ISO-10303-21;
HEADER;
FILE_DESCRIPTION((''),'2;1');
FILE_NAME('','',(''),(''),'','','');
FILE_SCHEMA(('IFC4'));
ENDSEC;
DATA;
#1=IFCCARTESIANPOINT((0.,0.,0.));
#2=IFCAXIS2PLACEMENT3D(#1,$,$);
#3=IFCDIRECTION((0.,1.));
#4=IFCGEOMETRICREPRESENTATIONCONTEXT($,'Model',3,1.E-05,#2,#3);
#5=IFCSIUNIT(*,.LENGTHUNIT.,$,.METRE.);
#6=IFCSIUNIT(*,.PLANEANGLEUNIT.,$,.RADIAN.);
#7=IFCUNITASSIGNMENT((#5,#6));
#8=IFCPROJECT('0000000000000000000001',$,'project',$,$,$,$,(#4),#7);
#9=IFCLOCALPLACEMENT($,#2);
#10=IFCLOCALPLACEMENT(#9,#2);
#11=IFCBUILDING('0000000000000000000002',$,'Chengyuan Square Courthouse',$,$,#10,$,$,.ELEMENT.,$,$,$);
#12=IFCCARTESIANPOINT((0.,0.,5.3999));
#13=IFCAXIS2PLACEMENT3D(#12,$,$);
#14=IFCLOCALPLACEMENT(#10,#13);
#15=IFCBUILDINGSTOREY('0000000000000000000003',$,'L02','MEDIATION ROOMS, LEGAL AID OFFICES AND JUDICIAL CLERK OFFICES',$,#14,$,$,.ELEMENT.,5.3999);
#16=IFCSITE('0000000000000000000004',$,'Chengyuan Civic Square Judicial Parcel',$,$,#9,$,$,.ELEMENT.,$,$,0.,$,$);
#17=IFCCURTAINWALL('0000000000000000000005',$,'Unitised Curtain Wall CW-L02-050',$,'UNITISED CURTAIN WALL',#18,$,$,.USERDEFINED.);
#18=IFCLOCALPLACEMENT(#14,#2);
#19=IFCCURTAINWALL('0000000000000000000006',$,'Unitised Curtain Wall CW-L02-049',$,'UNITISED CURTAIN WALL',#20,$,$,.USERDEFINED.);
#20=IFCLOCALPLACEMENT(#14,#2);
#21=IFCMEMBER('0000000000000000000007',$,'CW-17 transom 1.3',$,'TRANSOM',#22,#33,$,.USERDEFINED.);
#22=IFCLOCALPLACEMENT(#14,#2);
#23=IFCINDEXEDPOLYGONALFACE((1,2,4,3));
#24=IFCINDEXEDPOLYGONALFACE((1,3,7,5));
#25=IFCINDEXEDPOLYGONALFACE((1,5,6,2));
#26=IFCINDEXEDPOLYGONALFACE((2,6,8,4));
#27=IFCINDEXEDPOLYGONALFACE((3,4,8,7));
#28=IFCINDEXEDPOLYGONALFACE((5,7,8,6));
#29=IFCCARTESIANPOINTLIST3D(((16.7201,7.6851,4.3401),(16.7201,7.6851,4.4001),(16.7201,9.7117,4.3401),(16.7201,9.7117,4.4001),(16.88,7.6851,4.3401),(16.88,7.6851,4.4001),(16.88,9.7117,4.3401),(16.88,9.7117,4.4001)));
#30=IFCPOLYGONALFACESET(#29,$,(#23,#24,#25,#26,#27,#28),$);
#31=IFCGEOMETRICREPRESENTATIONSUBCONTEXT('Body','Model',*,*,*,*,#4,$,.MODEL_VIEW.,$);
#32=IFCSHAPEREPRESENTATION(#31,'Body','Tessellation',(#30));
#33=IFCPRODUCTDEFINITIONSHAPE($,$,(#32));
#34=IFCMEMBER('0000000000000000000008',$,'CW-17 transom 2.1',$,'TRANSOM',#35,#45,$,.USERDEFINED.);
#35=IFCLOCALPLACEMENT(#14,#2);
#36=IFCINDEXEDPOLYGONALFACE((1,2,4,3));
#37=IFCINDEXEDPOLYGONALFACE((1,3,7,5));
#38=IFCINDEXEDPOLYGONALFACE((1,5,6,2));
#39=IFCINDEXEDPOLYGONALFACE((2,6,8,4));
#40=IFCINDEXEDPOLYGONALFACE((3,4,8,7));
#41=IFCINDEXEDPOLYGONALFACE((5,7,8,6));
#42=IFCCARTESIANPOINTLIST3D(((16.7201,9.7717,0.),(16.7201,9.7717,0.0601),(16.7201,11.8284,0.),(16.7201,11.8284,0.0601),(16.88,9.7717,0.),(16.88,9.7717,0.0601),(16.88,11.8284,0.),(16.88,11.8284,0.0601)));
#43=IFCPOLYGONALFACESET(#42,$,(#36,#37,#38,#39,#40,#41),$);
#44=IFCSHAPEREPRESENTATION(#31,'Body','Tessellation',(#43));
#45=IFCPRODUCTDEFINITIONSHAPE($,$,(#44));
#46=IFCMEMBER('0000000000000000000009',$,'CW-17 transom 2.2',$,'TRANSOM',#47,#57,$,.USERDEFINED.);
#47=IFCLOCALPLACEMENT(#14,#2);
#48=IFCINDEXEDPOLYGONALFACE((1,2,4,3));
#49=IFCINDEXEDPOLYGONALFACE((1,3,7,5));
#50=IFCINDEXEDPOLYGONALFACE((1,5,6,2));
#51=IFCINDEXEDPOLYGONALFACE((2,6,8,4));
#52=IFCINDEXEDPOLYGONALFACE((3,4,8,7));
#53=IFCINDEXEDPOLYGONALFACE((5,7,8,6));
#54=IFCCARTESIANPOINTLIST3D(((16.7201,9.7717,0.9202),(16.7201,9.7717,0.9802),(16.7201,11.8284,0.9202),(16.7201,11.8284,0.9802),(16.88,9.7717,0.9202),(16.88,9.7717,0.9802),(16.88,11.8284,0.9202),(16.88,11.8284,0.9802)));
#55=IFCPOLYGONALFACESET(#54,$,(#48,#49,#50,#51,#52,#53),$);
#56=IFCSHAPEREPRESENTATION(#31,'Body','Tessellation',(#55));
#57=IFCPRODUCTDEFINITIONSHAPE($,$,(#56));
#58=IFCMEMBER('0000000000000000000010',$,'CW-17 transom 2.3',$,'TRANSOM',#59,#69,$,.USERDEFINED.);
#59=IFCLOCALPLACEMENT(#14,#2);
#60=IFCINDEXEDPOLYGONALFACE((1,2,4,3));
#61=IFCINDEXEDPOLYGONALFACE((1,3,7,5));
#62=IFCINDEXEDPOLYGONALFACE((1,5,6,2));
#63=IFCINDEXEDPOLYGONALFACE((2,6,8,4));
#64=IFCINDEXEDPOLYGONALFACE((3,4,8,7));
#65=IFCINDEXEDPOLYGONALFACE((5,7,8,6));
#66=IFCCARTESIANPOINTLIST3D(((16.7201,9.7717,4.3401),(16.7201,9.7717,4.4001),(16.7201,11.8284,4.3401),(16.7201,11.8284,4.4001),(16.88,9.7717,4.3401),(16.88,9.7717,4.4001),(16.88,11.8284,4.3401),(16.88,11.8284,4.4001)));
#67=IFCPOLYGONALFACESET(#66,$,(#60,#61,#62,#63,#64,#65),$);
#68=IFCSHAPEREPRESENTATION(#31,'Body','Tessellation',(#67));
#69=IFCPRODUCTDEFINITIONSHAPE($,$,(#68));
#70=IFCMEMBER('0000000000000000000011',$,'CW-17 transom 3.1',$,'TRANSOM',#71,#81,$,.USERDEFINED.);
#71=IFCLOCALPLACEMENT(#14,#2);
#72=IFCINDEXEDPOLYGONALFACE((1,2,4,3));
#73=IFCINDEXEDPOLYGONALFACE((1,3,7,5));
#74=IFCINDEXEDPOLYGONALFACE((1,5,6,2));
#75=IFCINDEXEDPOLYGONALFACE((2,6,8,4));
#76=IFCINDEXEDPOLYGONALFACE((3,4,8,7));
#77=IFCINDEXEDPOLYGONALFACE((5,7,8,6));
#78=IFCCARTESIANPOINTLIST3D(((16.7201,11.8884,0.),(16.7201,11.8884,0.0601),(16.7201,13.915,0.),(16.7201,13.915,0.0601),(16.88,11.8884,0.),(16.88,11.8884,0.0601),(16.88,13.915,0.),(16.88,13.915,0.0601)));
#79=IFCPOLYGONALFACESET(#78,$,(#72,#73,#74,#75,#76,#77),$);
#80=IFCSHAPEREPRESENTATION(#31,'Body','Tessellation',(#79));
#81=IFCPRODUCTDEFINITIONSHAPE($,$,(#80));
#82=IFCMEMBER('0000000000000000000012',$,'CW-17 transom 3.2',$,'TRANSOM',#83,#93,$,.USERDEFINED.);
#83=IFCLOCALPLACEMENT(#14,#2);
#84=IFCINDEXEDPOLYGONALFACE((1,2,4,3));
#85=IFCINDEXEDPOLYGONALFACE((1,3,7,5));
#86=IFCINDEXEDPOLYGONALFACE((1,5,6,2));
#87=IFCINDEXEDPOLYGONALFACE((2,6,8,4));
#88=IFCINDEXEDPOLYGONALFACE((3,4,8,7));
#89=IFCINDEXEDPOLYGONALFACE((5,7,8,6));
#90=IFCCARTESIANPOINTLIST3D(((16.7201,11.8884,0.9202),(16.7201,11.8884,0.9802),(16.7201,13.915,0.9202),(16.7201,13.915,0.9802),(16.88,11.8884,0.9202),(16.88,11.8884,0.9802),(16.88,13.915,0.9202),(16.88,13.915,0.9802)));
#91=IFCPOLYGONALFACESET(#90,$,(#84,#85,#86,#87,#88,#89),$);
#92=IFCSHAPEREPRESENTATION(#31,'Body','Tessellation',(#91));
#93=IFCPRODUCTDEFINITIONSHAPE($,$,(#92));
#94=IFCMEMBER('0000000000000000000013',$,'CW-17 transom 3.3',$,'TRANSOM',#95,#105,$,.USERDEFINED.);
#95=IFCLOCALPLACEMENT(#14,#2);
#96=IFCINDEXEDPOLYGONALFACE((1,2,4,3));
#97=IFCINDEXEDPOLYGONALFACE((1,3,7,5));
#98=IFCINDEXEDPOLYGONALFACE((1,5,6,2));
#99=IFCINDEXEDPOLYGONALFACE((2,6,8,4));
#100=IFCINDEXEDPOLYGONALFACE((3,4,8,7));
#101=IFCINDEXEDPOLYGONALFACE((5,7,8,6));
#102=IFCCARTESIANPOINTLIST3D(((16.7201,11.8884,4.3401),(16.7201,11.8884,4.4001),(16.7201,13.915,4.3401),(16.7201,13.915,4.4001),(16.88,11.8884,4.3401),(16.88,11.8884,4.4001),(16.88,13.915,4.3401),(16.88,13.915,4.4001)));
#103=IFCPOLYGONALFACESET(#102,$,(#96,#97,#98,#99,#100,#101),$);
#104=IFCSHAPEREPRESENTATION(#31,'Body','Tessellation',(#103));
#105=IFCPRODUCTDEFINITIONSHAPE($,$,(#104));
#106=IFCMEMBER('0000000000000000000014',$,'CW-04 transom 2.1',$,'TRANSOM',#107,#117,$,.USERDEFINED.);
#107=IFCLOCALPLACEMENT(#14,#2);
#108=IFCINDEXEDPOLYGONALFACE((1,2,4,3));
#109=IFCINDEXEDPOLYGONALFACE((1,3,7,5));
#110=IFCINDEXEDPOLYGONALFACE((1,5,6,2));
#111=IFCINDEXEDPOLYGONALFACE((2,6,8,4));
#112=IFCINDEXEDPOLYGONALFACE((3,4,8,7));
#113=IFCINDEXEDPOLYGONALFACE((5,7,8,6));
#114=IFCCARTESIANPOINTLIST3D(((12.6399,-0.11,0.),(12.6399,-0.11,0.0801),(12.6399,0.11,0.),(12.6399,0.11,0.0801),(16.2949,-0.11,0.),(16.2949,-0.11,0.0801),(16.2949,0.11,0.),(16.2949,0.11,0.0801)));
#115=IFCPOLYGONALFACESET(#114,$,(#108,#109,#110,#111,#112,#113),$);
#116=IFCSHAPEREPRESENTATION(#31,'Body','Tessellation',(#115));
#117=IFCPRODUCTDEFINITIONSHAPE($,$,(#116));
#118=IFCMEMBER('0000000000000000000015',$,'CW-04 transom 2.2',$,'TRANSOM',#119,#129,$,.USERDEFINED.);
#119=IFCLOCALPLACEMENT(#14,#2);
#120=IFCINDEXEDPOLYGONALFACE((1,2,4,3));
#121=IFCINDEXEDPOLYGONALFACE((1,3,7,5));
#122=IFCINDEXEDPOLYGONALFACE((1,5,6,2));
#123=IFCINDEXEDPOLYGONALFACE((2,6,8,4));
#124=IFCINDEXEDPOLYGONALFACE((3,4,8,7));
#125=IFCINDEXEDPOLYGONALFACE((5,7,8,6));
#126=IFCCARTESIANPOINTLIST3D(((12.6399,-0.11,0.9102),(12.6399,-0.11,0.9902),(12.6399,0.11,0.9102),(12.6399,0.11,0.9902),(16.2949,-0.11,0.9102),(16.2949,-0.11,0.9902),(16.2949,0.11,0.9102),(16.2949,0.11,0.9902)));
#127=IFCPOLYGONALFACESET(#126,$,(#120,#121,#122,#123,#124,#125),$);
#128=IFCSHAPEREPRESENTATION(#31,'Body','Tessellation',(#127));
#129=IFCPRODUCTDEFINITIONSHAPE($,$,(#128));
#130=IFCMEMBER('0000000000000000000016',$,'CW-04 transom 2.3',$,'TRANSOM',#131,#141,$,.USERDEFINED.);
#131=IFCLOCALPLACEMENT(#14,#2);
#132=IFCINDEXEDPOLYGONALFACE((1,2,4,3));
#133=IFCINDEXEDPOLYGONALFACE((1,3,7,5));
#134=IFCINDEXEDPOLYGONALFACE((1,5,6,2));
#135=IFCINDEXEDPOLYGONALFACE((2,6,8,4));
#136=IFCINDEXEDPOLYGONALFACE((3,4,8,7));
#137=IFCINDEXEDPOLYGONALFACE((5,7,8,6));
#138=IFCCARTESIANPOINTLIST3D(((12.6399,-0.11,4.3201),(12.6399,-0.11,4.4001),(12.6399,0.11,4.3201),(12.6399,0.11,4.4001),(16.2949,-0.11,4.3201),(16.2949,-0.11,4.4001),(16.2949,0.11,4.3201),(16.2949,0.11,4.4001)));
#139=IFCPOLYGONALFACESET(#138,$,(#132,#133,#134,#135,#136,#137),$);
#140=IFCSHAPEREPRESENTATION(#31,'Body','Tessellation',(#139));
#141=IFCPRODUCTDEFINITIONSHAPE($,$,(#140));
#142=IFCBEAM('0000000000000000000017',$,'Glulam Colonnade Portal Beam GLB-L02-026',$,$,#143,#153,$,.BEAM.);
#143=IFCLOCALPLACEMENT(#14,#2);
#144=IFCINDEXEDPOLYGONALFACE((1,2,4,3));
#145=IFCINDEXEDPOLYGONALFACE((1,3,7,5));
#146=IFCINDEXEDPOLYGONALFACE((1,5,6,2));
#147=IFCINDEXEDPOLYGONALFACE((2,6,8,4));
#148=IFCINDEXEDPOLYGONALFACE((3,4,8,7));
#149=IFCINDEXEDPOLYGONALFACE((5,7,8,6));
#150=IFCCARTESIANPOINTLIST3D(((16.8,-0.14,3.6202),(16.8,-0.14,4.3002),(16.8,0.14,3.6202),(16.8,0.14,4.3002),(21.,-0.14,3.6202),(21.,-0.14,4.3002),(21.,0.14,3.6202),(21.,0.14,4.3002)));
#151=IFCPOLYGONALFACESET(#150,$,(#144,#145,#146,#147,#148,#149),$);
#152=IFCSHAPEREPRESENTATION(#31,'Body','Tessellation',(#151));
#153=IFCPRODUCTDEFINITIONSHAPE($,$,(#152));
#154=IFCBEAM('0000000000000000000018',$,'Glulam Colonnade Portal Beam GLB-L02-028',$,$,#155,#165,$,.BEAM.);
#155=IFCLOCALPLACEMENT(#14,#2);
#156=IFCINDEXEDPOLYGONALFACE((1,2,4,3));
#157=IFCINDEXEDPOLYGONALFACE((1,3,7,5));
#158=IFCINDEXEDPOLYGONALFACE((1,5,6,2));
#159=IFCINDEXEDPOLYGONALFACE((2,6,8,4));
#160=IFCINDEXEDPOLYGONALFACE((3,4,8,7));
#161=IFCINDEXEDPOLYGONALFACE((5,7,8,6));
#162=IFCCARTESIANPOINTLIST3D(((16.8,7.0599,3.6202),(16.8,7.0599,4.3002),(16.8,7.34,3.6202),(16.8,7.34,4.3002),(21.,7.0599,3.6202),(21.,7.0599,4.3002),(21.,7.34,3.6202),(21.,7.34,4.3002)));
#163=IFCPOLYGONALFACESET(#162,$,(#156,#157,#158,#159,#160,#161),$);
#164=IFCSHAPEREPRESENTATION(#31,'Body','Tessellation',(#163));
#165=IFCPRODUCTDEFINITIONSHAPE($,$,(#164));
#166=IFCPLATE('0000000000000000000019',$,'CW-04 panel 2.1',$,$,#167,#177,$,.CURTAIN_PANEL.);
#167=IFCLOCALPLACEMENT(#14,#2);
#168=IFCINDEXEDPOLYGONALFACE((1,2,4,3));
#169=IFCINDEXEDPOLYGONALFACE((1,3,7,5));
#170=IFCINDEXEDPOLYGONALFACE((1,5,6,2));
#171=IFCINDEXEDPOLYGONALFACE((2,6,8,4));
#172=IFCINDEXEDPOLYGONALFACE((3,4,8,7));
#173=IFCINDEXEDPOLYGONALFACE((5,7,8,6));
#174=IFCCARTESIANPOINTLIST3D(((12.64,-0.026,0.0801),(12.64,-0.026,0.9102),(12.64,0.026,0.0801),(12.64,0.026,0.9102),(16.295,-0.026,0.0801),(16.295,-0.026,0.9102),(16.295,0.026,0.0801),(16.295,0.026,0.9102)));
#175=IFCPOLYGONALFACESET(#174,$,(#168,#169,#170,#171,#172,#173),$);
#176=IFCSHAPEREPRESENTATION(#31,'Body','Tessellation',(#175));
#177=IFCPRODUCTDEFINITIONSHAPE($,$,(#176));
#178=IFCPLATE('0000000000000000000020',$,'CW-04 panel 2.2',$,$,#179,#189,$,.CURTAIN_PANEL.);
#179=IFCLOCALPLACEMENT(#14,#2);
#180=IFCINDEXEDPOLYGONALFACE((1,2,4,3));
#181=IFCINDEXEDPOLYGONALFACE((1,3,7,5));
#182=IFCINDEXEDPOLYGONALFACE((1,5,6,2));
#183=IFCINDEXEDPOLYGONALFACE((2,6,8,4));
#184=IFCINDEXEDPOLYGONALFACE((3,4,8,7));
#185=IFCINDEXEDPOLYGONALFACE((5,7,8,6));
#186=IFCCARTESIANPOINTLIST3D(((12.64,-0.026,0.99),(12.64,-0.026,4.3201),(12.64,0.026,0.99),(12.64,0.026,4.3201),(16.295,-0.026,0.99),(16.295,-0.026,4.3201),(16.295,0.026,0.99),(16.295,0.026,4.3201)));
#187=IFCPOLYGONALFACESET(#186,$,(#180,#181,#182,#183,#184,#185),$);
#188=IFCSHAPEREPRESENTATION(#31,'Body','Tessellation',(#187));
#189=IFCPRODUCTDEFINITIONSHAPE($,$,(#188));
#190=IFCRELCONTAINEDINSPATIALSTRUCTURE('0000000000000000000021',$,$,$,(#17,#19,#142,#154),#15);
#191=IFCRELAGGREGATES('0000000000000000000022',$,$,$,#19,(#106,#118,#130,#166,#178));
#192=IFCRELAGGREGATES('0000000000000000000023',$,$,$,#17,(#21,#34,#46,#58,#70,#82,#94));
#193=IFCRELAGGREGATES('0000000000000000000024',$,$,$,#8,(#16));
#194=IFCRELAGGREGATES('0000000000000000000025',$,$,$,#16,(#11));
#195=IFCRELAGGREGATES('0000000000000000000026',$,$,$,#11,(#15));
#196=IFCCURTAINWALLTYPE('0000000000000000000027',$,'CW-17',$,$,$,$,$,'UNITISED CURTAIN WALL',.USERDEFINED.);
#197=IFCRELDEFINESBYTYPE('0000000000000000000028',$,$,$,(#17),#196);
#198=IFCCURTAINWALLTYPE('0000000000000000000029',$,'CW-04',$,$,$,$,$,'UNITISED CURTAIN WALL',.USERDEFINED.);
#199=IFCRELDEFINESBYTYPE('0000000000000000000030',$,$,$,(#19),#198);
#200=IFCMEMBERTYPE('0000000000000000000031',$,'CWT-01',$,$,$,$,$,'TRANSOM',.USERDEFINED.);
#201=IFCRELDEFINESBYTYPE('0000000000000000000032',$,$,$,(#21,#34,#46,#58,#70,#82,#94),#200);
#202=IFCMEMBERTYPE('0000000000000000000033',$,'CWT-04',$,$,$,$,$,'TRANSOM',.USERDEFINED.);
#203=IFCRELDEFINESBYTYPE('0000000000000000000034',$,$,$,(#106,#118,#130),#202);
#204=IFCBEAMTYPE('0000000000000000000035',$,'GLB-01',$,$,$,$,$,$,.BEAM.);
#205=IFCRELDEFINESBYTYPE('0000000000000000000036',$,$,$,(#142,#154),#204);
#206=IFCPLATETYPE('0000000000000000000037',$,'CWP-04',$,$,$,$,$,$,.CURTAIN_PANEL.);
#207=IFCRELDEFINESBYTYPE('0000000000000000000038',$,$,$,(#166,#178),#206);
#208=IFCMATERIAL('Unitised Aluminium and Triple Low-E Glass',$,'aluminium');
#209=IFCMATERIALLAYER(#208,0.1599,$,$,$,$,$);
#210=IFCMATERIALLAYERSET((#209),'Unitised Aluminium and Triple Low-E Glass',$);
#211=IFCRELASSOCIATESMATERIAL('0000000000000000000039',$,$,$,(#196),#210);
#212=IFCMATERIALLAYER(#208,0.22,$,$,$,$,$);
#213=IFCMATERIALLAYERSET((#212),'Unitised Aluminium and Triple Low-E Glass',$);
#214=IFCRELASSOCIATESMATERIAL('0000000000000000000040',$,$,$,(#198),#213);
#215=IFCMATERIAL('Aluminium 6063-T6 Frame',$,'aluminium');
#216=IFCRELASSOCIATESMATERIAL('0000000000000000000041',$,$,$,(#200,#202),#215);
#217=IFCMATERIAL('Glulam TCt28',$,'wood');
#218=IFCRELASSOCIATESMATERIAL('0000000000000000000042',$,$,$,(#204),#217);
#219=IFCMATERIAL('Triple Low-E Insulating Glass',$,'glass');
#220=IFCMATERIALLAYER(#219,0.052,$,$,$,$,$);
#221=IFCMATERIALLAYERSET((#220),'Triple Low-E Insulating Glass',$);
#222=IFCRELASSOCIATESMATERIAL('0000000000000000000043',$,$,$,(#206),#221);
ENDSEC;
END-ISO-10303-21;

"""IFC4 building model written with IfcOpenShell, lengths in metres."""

from ifc_helpers import new_model, si_unit, direction, frame, origin, origin_2d, place, context, subcontext, project, spatial, rectangle, extrude, material, layer, layer_set, material_profile, profile_set, type_object, element, aggregate, save


model = new_model("IFC4")

# Units and contexts
model_context = context("Model", 3, precision=1e-05, world=origin(), true_north=direction((0.0, 1.0)))
body_context = subcontext(model_context, "Body", "Model", "MODEL_VIEW")
ifc_project = project(units=[si_unit("LENGTHUNIT", "METRE"), si_unit("PLANEANGLEUNIT", "RADIAN")], contexts=[model_context])

# Site, building, storey
site_placement = place(None, origin())
site = spatial("IfcSite", under=ifc_project, at=site_placement, Name="Chengyuan Civic Square Judicial Parcel", CompositionType="ELEMENT", RefElevation=0.0)
building_placement = place(site_placement, origin())
building = spatial("IfcBuilding", under=site, at=building_placement, Name="Chengyuan Square Courthouse", CompositionType="ELEMENT")
storey_placement = place(building_placement, frame((0.0, 0.0, 5.3999)))
storey = spatial("IfcBuildingStorey", under=building, at=storey_placement, Name="L02", Description="MEDIATION ROOMS, LEGAL AID OFFICES AND JUDICIAL CLERK OFFICES", CompositionType="ELEMENT", Elevation=5.3999)

# Curtain walls
ifc_material_1 = material(Name="Unitised Aluminium and Triple Low-E Glass", Category="aluminium")
ifc_layer_1 = layer(ifc_material_1, 0.1599)
ifc_layer_set_1 = layer_set([ifc_layer_1], Name="Unitised Aluminium and Triple Low-E Glass")
curtain_wall_type_1 = type_object("IfcCurtainWallType", Name="CW-17", ElementType="UNITISED CURTAIN WALL", PredefinedType="USERDEFINED", material=ifc_layer_set_1)
curtain_wall_1_placement = place(storey_placement, origin())
curtain_wall_1 = element("IfcCurtainWall", 1, at=curtain_wall_1_placement, inside=storey, type_object=curtain_wall_type_1, Name="Unitised Curtain Wall CW-L02-050", ObjectType="UNITISED CURTAIN WALL", PredefinedType="USERDEFINED")
ifc_material_2 = material(Name="Aluminium 6063-T6 Frame", Category="aluminium")
ifc_layer_2 = layer(ifc_material_1, 0.22)
ifc_layer_set_2 = layer_set([ifc_layer_2], Name="Unitised Aluminium and Triple Low-E Glass")
curtain_wall_type_2 = type_object("IfcCurtainWallType", Name="CW-04", ElementType="UNITISED CURTAIN WALL", PredefinedType="USERDEFINED", material=ifc_layer_set_2)
curtain_wall_2_placement = place(storey_placement, origin())
curtain_wall_2 = element("IfcCurtainWall", 2, at=curtain_wall_2_placement, inside=storey, type_object=curtain_wall_type_2, Name="Unitised Curtain Wall CW-L02-049", ObjectType="UNITISED CURTAIN WALL", PredefinedType="USERDEFINED")

# Members
ifc_material_profile_1 = material_profile(ifc_material_2, rectangle(XDim=0.1599, YDim=0.0601, at=origin_2d()), Name="CW-TRN-60x120")
ifc_profile_set_1 = profile_set([ifc_material_profile_1], Name="Aluminium 6063-T6 Frame")
member_type_1 = type_object("IfcMemberType", Name="CWT-01", ElementType="TRANSOM", PredefinedType="USERDEFINED", material=ifc_profile_set_1)
member_1_placement = place(storey_placement, frame((16.8, 7.6851, 4.3701), z_axis=(0.0, 1.0, 0.0), x_axis=(-1.0, 0.0, 0.0)))
member_1 = element("IfcMember", 3, at=member_1_placement, type_object=member_type_1, Name="CW-17 transom 1.3", ObjectType="TRANSOM", PredefinedType="USERDEFINED", context=body_context, shape_type="SweptSolid", body=[
    extrude(rectangle(XDim=0.1599, YDim=0.0601, at=origin_2d()), origin(), (0.0, 0.0, 1.0), 2.0266),
])
member_2_placement = place(storey_placement, frame((16.8, 9.7717, 0.03), z_axis=(0.0, 1.0, 0.0), x_axis=(-1.0, 0.0, 0.0)))
member_2 = element("IfcMember", 4, at=member_2_placement, type_object=member_type_1, Name="CW-17 transom 2.1", ObjectType="TRANSOM", PredefinedType="USERDEFINED", context=body_context, shape_type="SweptSolid", body=[
    extrude(rectangle(XDim=0.1599, YDim=0.0601, at=origin_2d()), origin(), (0.0, 0.0, 1.0), 2.0566),
])
member_3_placement = place(storey_placement, frame((16.8, 9.7717, 0.9502), z_axis=(0.0, 1.0, 0.0), x_axis=(-1.0, 0.0, 0.0)))
member_3 = element("IfcMember", 5, at=member_3_placement, type_object=member_type_1, Name="CW-17 transom 2.2", ObjectType="TRANSOM", PredefinedType="USERDEFINED", context=body_context, shape_type="SweptSolid", body=[
    extrude(rectangle(XDim=0.1599, YDim=0.0601, at=origin_2d()), origin(), (0.0, 0.0, 1.0), 2.0566),
])
member_4_placement = place(storey_placement, frame((16.8, 9.7717, 4.3701), z_axis=(0.0, 1.0, 0.0), x_axis=(-1.0, 0.0, 0.0)))
member_4 = element("IfcMember", 6, at=member_4_placement, type_object=member_type_1, Name="CW-17 transom 2.3", ObjectType="TRANSOM", PredefinedType="USERDEFINED", context=body_context, shape_type="SweptSolid", body=[
    extrude(rectangle(XDim=0.1599, YDim=0.0601, at=origin_2d()), origin(), (0.0, 0.0, 1.0), 2.0566),
])
member_5_placement = place(storey_placement, frame((16.8, 11.8884, 0.03), z_axis=(0.0, 1.0, 0.0), x_axis=(-1.0, 0.0, 0.0)))
member_5 = element("IfcMember", 7, at=member_5_placement, type_object=member_type_1, Name="CW-17 transom 3.1", ObjectType="TRANSOM", PredefinedType="USERDEFINED", context=body_context, shape_type="SweptSolid", body=[
    extrude(rectangle(XDim=0.1599, YDim=0.0601, at=origin_2d()), origin(), (0.0, 0.0, 1.0), 2.0266),
])
member_6_placement = place(storey_placement, frame((16.8, 11.8884, 0.9502), z_axis=(0.0, 1.0, 0.0), x_axis=(-1.0, 0.0, 0.0)))
member_6 = element("IfcMember", 8, at=member_6_placement, type_object=member_type_1, Name="CW-17 transom 3.2", ObjectType="TRANSOM", PredefinedType="USERDEFINED", context=body_context, shape_type="SweptSolid", body=[
    extrude(rectangle(XDim=0.1599, YDim=0.0601, at=origin_2d()), origin(), (0.0, 0.0, 1.0), 2.0266),
])
member_7_placement = place(storey_placement, frame((16.8, 11.8884, 4.3701), z_axis=(0.0, 1.0, 0.0), x_axis=(-1.0, 0.0, 0.0)))
member_7 = element("IfcMember", 9, at=member_7_placement, type_object=member_type_1, Name="CW-17 transom 3.3", ObjectType="TRANSOM", PredefinedType="USERDEFINED", context=body_context, shape_type="SweptSolid", body=[
    extrude(rectangle(XDim=0.1599, YDim=0.0601, at=origin_2d()), origin(), (0.0, 0.0, 1.0), 2.0266),
])
ifc_material_profile_2 = material_profile(ifc_material_2, rectangle(XDim=0.22, YDim=0.0801, at=origin_2d()), Name="CW-TRN-80x180")
ifc_profile_set_2 = profile_set([ifc_material_profile_2], Name="Aluminium 6063-T6 Frame")
member_type_2 = type_object("IfcMemberType", Name="CWT-04", ElementType="TRANSOM", PredefinedType="USERDEFINED", material=ifc_profile_set_2)
member_8_placement = place(storey_placement, frame((12.6399, 0.0, 0.04), z_axis=(1.0, 0.0, 0.0), x_axis=(0.0, 1.0, 0.0)))
member_8 = element("IfcMember", 10, at=member_8_placement, type_object=member_type_2, Name="CW-04 transom 2.1", ObjectType="TRANSOM", PredefinedType="USERDEFINED", context=body_context, shape_type="SweptSolid", body=[
    extrude(rectangle(XDim=0.22, YDim=0.0801, at=origin_2d()), origin(), (0.0, 0.0, 1.0), 3.655),
])
member_9_placement = place(storey_placement, frame((12.6399, 0.0, 0.9502), z_axis=(1.0, 0.0, 0.0), x_axis=(0.0, 1.0, 0.0)))
member_9 = element("IfcMember", 11, at=member_9_placement, type_object=member_type_2, Name="CW-04 transom 2.2", ObjectType="TRANSOM", PredefinedType="USERDEFINED", context=body_context, shape_type="SweptSolid", body=[
    extrude(rectangle(XDim=0.22, YDim=0.0801, at=origin_2d()), origin(), (0.0, 0.0, 1.0), 3.655),
])
member_10_placement = place(storey_placement, frame((12.6399, 0.0, 4.3601), z_axis=(1.0, 0.0, 0.0), x_axis=(0.0, 1.0, 0.0)))
member_10 = element("IfcMember", 12, at=member_10_placement, type_object=member_type_2, Name="CW-04 transom 2.3", ObjectType="TRANSOM", PredefinedType="USERDEFINED", context=body_context, shape_type="SweptSolid", body=[
    extrude(rectangle(XDim=0.22, YDim=0.0801, at=origin_2d()), origin(), (0.0, 0.0, 1.0), 3.655),
])

# Beams
ifc_material_3 = material(Name="Glulam TCt28", Category="wood")
ifc_material_profile_3 = material_profile(ifc_material_3, rectangle(XDim=0.28, YDim=0.6799, at=origin_2d()), Name="GL-BM-280x680")
ifc_profile_set_3 = profile_set([ifc_material_profile_3], Name="Glulam TCt28")
beam_type_1 = type_object("IfcBeamType", Name="GLB-01", PredefinedType="BEAM", material=ifc_profile_set_3)
for number, where, z_axis, x_axis, name in (
    (13, (16.8, 0.0, 3.9602), (1.0, 0.0, 0.0), (0.0, 1.0, 0.0), "Glulam Colonnade Portal Beam GLB-L02-026"),
    (14, (16.8, 7.2, 3.9602), (1.0, 0.0, 0.0), (0.0, 1.0, 0.0), "Glulam Colonnade Portal Beam GLB-L02-028"),
):
    element("IfcBeam", number, at=place(storey_placement, frame(where, z_axis=z_axis, x_axis=x_axis)), inside=storey, type_object=beam_type_1, Name=name, PredefinedType="BEAM", context=body_context, shape_type="SweptSolid", body=[
        extrude(rectangle(XDim=0.28, YDim=0.6799, at=origin_2d()), origin(), (0.0, 0.0, 1.0), 4.2),
    ])

# Plates
ifc_material_4 = material(Name="Triple Low-E Insulating Glass", Category="glass")
ifc_layer_3 = layer(ifc_material_4, 0.052)
ifc_layer_set_3 = layer_set([ifc_layer_3], Name="Triple Low-E Insulating Glass")
plate_type_1 = type_object("IfcPlateType", Name="CWP-04", PredefinedType="CURTAIN_PANEL", material=ifc_layer_set_3)
plate_1_placement = place(storey_placement, frame((14.4675, 0.0, 0.0801), z_axis=(0.0, 0.0, 1.0), x_axis=(1.0, 0.0, 0.0)))
plate_1 = element("IfcPlate", 15, at=plate_1_placement, type_object=plate_type_1, Name="CW-04 panel 2.1", PredefinedType="CURTAIN_PANEL", context=body_context, shape_type="SweptSolid", body=[
    extrude(rectangle(XDim=3.655, YDim=0.052, at=origin_2d()), origin(), (0.0, 0.0, 1.0), 0.8301),
])
plate_2_placement = place(storey_placement, frame((14.4675, 0.0, 0.99), z_axis=(0.0, 0.0, 1.0), x_axis=(1.0, 0.0, 0.0)))
plate_2 = element("IfcPlate", 16, at=plate_2_placement, type_object=plate_type_1, Name="CW-04 panel 2.2", PredefinedType="CURTAIN_PANEL", context=body_context, shape_type="SweptSolid", body=[
    extrude(rectangle(XDim=3.655, YDim=0.052, at=origin_2d()), origin(), (0.0, 0.0, 1.0), 3.3301),
])
aggregate(curtain_wall_2, [member_8, member_9, member_10, plate_1, plate_2])
aggregate(curtain_wall_1, [member_1, member_2, member_3, member_4, member_5, member_6, member_7])

save(model, "model.ifc")
